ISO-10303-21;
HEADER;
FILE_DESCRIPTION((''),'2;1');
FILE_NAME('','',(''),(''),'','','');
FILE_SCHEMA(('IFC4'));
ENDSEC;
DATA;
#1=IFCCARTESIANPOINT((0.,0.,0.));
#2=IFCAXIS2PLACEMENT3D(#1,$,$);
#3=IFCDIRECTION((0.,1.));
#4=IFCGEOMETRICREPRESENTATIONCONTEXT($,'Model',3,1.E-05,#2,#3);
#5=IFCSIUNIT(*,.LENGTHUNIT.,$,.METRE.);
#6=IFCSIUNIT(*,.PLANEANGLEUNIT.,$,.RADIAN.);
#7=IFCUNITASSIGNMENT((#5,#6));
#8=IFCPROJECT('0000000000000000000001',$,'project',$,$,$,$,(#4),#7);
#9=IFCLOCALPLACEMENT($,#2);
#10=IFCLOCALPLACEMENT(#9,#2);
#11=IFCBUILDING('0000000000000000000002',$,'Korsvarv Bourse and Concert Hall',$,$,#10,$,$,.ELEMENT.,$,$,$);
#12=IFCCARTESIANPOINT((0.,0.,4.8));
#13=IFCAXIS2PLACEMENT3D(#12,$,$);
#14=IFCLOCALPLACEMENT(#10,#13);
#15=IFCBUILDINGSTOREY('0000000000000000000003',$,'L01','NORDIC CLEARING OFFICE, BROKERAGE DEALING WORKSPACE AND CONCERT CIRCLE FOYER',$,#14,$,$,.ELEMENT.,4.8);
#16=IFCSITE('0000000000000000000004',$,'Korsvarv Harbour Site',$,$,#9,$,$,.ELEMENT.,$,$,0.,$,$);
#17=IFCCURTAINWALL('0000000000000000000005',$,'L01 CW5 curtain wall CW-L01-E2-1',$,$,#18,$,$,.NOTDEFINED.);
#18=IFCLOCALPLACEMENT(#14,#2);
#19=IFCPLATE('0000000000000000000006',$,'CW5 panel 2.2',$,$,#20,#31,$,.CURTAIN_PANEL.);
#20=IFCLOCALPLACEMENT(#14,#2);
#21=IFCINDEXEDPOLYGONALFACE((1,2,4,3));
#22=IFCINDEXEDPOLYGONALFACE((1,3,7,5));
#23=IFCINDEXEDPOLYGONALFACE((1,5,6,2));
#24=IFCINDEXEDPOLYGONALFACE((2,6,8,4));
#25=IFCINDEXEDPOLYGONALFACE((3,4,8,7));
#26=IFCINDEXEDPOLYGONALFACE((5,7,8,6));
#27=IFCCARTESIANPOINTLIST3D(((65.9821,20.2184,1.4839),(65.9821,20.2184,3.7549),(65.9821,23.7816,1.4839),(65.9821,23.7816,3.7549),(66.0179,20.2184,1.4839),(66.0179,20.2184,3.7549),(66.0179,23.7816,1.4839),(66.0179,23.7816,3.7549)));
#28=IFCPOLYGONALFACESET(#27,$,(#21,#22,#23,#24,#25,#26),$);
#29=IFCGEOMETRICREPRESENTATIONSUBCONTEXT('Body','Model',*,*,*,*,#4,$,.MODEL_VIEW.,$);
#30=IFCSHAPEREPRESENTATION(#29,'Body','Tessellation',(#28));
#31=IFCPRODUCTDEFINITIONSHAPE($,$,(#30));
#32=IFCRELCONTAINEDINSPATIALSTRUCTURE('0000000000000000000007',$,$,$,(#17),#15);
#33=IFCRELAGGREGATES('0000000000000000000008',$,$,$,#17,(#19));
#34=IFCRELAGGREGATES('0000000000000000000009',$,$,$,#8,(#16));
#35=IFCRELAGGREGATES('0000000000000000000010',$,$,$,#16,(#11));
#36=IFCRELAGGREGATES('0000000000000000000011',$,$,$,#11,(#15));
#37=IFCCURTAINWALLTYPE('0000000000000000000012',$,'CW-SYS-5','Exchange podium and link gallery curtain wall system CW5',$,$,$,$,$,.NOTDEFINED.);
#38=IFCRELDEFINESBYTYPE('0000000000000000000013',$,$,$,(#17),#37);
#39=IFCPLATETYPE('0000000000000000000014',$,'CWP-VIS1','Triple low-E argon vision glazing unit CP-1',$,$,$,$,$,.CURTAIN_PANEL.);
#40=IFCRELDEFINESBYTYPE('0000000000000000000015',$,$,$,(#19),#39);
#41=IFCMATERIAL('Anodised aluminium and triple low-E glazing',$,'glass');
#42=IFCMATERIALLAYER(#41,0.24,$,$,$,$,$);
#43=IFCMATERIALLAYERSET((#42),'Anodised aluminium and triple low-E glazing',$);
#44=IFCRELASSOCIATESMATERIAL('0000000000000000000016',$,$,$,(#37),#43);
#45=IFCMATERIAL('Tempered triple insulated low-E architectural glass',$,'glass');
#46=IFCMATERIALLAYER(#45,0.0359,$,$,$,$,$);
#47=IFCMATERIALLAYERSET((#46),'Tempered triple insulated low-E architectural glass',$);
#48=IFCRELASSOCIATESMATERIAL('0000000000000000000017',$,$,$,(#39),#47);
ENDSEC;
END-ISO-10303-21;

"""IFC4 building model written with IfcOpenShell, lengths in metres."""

from ifc_helpers import new_model, si_unit, direction, frame, origin, origin_2d, place, context, subcontext, project, spatial, rectangle, extrude, source, transform, mapped, material, layer, layer_set, type_object, element, aggregate, save


model = new_model("IFC4")

# Units and contexts
model_context = context("Model", 3, precision=1e-05, world=origin(), true_north=direction((0.0, 1.0)))
body_context = subcontext(model_context, "Body", "Model", "MODEL_VIEW")
ifc_project = project(units=[si_unit("LENGTHUNIT", "METRE"), si_unit("PLANEANGLEUNIT", "RADIAN")], contexts=[model_context])

# Site, building, storey
site_placement = place(None, origin())
site = spatial("IfcSite", under=ifc_project, at=site_placement, Name="Korsvarv Harbour Site", CompositionType="ELEMENT", RefElevation=0.0)
building_placement = place(site_placement, origin())
building = spatial("IfcBuilding", under=site, at=building_placement, Name="Korsvarv Bourse and Concert Hall", CompositionType="ELEMENT")
storey_placement = place(building_placement, frame((0.0, 0.0, 4.8)))
storey = spatial("IfcBuildingStorey", under=building, at=storey_placement, Name="L01", Description="NORDIC CLEARING OFFICE, BROKERAGE DEALING WORKSPACE AND CONCERT CIRCLE FOYER", CompositionType="ELEMENT", Elevation=4.8)

# Shared definitions
ifc_material_1 = material(Name="Anodised aluminium and triple low-E glazing", Category="glass")
ifc_layer_1 = layer(ifc_material_1, 0.24)
ifc_layer_set_1 = layer_set([ifc_layer_1], Name="Anodised aluminium and triple low-E glazing")
curtain_wall_type = type_object("IfcCurtainWallType", Name="CW-SYS-5", Description="Exchange podium and link gallery curtain wall system CW5", PredefinedType="NOTDEFINED", material=ifc_layer_set_1)

# Curtain wall, plate
curtain_wall_1_placement = place(storey_placement, origin())
curtain_wall_1 = element("IfcCurtainWall", 1, at=curtain_wall_1_placement, inside=storey, type_object=curtain_wall_type, Name="L01 CW5 curtain wall CW-L01-E2-1", PredefinedType="NOTDEFINED")
ifc_material_2 = material(Name="Tempered triple insulated low-E architectural glass", Category="glass")
ifc_layer_2 = layer(ifc_material_2, 0.0359)
ifc_layer_set_2 = layer_set([ifc_layer_2], Name="Tempered triple insulated low-E architectural glass")
plate_type = type_object("IfcPlateType", Name="CWP-VIS1", Description="Triple low-E argon vision glazing unit CP-1", PredefinedType="CURTAIN_PANEL", material=ifc_layer_set_2)
shared_shape_1 = source(origin(), body_context, "Body", "SweptSolid", [
    extrude(rectangle(XDim=3.5632, YDim=0.0359, at=origin_2d()), origin(), (0.0, 0.0, 1.0), 2.271),
])
plate_1_placement = place(storey_placement, frame((66.0, 22.0, 1.4839), z_axis=(0.0, 0.0, 1.0), x_axis=(0.0, 1.0, 0.0)))
plate_1 = element("IfcPlate", 2, at=plate_1_placement, type_object=plate_type, Name="CW5 panel 2.2", PredefinedType="CURTAIN_PANEL", context=body_context, shape_type="MappedRepresentation", body=[
    mapped(shared_shape_1, transform((0.0, 0.0, 0.0), scale=1.0)),
])
aggregate(curtain_wall_1, [plate_1])

save(model, "model.ifc")
